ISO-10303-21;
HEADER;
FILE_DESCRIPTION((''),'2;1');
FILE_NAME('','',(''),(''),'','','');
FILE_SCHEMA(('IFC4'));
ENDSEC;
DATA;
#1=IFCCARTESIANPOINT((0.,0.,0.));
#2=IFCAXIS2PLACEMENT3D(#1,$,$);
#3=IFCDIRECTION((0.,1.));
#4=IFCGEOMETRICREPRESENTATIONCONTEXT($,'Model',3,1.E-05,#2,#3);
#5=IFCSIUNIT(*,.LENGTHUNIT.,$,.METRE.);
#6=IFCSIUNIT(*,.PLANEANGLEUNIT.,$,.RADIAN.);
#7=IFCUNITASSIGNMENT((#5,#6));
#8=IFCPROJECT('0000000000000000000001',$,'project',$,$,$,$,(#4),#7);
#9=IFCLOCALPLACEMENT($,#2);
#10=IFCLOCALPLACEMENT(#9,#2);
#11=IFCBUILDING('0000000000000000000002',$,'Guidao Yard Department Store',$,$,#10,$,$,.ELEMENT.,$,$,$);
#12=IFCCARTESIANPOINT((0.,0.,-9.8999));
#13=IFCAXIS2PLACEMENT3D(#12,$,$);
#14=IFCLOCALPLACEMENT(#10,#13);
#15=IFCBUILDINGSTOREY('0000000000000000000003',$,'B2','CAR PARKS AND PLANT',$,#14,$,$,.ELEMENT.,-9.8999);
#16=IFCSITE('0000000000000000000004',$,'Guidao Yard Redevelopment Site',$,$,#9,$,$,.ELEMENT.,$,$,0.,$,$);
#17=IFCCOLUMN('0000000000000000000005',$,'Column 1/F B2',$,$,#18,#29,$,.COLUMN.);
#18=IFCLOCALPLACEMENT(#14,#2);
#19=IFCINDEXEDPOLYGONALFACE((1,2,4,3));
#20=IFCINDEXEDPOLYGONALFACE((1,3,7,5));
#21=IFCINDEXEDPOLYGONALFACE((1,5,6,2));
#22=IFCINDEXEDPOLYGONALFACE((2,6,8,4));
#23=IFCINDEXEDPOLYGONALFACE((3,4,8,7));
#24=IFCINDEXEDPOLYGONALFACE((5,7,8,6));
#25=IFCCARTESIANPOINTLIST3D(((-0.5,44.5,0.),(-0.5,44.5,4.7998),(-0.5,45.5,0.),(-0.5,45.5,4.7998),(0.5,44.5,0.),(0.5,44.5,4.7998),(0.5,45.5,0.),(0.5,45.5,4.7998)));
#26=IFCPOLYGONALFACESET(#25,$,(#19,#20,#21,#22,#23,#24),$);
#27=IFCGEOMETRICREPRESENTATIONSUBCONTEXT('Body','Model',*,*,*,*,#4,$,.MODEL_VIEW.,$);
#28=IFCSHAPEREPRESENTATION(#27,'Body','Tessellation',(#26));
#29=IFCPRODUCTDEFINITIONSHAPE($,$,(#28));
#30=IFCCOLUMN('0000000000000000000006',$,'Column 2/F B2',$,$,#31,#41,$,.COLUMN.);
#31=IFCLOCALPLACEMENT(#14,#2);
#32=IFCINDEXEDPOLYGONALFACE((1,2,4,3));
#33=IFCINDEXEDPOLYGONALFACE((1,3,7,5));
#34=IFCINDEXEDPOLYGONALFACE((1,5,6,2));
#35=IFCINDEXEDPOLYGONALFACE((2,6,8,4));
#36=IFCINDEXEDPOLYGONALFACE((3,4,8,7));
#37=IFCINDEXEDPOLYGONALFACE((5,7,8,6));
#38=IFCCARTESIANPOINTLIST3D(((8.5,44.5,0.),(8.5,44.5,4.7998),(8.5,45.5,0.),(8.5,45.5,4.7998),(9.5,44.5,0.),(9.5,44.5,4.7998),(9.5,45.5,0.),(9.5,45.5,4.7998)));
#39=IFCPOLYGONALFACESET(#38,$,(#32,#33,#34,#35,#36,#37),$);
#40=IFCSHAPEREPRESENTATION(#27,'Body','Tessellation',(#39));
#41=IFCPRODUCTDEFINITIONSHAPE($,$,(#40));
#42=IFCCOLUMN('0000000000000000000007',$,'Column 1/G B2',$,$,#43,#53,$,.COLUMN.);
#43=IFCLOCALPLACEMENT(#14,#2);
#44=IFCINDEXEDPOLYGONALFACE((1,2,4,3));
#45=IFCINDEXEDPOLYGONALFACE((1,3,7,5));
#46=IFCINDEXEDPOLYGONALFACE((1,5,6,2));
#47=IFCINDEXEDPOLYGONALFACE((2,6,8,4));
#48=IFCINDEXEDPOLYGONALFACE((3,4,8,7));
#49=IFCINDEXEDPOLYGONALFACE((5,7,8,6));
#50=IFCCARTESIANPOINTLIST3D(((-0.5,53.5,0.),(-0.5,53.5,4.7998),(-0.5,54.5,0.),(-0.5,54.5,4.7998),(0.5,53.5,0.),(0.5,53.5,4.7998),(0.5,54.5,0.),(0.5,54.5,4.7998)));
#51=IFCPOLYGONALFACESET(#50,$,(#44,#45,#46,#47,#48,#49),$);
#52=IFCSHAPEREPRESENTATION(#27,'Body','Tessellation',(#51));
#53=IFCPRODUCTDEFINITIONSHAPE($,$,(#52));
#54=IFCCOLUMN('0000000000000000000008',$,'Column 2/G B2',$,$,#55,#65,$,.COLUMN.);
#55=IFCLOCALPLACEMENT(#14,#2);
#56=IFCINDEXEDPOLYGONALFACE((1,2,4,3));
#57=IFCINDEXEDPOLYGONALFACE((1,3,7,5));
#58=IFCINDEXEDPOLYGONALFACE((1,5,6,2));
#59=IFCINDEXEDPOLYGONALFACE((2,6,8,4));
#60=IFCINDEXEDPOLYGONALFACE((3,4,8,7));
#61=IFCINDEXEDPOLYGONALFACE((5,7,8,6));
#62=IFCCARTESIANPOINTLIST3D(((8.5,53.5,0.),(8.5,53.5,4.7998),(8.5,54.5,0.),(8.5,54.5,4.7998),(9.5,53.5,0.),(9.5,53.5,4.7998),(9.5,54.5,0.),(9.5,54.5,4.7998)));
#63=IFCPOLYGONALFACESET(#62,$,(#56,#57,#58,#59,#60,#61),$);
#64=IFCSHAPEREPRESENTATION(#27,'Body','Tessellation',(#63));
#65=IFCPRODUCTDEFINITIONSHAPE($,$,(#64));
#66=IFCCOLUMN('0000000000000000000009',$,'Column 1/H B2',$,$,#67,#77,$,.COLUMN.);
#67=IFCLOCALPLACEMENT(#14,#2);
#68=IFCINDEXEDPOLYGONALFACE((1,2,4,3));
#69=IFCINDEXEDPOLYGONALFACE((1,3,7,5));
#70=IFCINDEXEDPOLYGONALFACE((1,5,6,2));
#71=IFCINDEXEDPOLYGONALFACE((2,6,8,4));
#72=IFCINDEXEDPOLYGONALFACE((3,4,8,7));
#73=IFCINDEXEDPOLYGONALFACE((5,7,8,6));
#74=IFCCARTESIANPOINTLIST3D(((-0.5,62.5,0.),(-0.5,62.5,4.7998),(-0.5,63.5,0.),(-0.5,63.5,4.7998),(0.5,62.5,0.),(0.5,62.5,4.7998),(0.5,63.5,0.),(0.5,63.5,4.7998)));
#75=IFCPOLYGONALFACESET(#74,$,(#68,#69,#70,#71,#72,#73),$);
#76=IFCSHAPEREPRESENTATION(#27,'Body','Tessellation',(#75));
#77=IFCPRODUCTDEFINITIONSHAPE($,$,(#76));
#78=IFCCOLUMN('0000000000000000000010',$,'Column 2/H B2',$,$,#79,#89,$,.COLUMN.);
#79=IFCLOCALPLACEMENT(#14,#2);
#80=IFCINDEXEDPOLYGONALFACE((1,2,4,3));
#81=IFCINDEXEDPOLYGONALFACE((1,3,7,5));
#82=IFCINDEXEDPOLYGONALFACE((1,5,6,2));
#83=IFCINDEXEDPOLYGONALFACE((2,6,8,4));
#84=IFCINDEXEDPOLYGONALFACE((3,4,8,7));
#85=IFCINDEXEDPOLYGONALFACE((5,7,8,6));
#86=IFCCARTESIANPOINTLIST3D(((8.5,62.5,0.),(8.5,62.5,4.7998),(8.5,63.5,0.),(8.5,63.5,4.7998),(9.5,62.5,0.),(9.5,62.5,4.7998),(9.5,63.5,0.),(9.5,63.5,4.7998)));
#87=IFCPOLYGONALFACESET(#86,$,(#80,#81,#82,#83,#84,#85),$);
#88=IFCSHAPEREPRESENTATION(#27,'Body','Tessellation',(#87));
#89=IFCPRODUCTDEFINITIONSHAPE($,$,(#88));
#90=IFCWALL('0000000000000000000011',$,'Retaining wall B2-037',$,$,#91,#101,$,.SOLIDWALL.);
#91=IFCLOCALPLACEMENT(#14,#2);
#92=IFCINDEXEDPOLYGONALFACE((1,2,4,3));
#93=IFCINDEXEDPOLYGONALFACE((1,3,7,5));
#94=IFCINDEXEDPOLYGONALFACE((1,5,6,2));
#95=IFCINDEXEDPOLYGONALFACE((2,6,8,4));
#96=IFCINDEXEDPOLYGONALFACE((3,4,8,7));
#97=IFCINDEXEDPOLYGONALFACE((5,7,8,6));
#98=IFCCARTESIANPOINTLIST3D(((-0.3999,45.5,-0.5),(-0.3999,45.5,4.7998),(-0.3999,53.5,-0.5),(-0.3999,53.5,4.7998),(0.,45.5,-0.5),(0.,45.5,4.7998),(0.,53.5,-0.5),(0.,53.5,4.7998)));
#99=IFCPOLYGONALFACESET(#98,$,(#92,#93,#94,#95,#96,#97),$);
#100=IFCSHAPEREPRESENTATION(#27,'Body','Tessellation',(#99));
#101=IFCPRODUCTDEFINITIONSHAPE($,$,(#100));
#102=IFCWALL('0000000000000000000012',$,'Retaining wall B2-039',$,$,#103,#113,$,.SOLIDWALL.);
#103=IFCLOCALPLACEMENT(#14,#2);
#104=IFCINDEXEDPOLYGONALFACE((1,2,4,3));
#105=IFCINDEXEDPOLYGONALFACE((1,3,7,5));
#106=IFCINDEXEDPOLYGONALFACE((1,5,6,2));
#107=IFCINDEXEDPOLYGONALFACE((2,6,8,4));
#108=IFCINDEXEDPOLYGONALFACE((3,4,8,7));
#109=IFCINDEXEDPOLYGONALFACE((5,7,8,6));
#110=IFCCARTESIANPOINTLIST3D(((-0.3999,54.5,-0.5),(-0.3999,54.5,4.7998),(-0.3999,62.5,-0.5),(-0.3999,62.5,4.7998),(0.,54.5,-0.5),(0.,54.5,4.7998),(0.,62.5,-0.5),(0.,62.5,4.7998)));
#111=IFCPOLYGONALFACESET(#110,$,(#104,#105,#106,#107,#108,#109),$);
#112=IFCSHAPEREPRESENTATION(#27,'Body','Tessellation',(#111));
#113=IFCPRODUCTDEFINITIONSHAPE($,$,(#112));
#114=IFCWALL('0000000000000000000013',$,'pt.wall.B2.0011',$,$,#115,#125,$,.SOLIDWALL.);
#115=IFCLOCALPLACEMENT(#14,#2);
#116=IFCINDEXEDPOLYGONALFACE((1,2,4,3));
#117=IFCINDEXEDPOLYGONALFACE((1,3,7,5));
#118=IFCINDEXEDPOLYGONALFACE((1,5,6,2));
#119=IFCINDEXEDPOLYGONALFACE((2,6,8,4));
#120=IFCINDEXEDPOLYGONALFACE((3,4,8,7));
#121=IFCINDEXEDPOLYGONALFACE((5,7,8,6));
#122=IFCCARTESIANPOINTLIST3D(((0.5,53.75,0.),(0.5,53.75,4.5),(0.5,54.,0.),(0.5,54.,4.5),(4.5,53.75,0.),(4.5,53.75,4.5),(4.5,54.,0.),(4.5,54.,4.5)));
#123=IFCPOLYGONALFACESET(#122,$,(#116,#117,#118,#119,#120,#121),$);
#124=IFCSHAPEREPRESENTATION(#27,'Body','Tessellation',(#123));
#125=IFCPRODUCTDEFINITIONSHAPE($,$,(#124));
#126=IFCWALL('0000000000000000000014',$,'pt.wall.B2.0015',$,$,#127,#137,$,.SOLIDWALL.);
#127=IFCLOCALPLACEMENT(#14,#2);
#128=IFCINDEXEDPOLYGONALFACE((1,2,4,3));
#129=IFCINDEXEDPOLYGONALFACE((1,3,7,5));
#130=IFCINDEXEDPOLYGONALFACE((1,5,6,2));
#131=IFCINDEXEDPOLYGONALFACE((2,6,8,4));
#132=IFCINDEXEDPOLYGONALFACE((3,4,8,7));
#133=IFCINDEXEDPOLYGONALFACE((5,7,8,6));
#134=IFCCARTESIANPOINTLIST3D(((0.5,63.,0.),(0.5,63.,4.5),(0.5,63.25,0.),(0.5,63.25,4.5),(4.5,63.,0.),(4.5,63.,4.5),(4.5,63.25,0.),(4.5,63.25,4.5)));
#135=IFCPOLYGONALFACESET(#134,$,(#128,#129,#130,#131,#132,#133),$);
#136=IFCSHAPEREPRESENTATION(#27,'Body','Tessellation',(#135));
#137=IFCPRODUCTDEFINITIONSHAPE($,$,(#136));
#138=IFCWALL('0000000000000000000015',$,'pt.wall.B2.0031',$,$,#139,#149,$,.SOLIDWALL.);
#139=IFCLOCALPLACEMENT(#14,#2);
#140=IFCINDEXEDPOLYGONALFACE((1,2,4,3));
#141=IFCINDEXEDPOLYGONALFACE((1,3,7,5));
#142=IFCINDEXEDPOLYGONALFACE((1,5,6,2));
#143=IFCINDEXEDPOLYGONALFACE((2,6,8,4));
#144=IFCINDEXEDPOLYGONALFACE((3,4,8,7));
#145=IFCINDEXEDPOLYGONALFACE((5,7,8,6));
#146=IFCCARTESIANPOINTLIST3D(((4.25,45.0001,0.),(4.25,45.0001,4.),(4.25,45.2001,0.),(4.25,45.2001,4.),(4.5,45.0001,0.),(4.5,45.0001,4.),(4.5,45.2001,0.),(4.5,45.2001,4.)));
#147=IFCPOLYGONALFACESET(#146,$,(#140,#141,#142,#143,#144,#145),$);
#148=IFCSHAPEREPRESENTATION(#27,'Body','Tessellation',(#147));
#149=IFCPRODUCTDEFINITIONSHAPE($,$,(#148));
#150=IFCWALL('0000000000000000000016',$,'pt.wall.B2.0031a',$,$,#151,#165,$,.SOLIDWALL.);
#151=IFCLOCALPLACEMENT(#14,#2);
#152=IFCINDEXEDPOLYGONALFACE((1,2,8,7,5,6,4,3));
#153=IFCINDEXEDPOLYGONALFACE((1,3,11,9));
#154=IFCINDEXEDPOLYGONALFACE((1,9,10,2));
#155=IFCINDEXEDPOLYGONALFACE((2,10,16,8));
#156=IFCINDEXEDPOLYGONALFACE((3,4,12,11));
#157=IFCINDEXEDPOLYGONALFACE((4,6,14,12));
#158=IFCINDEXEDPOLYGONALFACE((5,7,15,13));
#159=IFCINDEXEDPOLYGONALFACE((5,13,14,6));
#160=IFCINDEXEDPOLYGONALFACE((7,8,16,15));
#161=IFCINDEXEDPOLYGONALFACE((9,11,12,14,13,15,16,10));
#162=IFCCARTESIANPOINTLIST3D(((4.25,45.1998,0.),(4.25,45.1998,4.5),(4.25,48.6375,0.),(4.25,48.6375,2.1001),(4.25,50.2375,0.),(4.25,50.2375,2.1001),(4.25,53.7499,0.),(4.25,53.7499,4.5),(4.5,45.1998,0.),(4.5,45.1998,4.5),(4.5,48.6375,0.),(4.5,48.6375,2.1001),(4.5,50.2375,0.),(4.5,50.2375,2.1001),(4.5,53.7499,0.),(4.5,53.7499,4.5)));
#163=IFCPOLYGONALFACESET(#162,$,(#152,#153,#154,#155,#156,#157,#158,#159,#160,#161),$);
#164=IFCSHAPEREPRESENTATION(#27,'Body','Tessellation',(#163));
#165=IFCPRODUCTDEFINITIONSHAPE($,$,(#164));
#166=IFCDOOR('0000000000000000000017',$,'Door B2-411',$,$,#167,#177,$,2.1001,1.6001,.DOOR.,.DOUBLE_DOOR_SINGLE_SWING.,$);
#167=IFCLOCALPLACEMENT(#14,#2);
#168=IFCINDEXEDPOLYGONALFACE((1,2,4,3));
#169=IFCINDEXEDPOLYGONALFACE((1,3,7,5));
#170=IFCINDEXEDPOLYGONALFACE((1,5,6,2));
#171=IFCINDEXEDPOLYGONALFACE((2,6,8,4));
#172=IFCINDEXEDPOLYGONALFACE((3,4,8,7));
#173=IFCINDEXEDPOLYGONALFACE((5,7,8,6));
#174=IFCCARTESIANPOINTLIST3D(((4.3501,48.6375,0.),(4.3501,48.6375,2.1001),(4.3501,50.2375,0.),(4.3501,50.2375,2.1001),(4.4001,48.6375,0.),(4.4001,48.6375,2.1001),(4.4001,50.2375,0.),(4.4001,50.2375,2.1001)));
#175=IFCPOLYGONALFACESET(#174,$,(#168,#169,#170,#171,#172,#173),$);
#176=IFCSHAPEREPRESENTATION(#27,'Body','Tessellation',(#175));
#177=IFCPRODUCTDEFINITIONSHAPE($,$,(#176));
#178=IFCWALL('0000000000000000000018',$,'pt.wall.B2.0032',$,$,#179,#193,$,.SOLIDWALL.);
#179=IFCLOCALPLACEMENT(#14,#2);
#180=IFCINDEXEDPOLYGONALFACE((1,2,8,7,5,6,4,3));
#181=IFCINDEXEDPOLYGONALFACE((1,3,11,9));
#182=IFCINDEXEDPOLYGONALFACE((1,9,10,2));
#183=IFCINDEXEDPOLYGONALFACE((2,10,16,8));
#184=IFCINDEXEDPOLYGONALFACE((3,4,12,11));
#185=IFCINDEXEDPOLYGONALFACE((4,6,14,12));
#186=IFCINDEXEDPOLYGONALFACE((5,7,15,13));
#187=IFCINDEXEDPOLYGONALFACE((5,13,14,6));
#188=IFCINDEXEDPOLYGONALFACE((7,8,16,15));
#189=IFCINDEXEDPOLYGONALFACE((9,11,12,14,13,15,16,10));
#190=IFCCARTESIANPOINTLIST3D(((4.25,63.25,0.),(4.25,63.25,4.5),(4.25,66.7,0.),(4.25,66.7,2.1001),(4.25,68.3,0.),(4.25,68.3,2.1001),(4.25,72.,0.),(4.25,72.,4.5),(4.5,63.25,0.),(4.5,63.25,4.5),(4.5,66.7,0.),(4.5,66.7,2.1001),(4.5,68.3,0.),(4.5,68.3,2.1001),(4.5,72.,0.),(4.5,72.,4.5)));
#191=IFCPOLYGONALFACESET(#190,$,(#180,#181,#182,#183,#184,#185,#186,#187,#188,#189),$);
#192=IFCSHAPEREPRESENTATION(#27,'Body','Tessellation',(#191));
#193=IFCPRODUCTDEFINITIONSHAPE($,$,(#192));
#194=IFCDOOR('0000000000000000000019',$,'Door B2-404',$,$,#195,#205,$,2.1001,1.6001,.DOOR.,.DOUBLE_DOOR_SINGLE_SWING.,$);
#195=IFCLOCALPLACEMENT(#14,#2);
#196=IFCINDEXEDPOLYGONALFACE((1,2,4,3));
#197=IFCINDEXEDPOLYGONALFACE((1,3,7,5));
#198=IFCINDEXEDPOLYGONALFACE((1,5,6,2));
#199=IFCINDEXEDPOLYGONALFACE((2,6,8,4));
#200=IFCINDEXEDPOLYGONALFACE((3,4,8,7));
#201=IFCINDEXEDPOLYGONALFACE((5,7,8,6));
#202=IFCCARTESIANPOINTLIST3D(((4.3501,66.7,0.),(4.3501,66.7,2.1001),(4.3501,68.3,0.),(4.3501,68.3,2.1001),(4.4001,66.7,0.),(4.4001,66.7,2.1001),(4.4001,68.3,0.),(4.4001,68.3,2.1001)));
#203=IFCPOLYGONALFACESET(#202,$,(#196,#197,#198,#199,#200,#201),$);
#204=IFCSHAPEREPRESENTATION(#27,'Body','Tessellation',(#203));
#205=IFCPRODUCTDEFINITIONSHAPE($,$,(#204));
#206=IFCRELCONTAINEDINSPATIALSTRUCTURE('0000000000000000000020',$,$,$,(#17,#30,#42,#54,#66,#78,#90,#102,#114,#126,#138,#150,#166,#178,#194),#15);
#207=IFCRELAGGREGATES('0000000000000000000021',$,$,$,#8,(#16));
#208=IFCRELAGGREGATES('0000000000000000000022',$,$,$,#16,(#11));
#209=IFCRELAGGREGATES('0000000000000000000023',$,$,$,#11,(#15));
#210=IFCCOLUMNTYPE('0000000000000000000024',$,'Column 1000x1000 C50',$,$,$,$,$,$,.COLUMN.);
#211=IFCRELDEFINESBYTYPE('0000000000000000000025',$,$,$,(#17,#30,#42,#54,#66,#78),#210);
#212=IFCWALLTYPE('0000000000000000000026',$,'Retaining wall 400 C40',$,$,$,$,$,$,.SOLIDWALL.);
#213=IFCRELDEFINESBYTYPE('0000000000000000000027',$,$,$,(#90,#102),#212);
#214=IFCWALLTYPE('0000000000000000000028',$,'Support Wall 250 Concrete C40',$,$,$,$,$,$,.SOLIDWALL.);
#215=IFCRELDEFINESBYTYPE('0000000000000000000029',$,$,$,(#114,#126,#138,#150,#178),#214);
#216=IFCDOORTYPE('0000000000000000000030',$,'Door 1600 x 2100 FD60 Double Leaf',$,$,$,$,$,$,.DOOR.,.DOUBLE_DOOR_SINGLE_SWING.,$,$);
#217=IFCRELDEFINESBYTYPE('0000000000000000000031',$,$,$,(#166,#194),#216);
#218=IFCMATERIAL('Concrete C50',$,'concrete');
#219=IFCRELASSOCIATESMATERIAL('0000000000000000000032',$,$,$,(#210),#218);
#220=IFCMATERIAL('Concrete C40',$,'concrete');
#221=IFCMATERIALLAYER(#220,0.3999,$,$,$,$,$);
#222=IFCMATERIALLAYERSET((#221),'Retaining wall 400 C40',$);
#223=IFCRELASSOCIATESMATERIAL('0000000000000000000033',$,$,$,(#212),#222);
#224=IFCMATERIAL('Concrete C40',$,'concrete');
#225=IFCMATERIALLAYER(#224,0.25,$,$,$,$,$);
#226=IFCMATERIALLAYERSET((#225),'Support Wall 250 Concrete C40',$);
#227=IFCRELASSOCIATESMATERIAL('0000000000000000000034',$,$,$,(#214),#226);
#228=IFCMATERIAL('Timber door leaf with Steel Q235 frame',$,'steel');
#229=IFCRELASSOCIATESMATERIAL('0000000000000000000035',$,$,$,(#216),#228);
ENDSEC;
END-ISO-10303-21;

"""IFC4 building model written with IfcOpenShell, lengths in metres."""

from ifc_helpers import new_model, si_unit, direction, frame, frame_2d, origin, origin_2d, place, context, subcontext, project, spatial, rectangle, extrude, material, layer, layer_set, material_profile, profile_set, type_object, element, fill, save


model = new_model("IFC4")

# Units and contexts
model_context = context("Model", 3, precision=1e-05, world=origin(), true_north=direction((0.0, 1.0)))
body_context = subcontext(model_context, "Body", "Model", "MODEL_VIEW")
ifc_project = project(units=[si_unit("LENGTHUNIT", "METRE"), si_unit("PLANEANGLEUNIT", "RADIAN")], contexts=[model_context])

# Site, building, storey
site_placement = place(None, origin())
site = spatial("IfcSite", under=ifc_project, at=site_placement, Name="Guidao Yard Redevelopment Site", CompositionType="ELEMENT", RefElevation=0.0)
building_placement = place(site_placement, origin())
building = spatial("IfcBuilding", under=site, at=building_placement, Name="Guidao Yard Department Store", CompositionType="ELEMENT")
storey_placement = place(building_placement, frame((0.0, 0.0, -9.8999)))
storey = spatial("IfcBuildingStorey", under=building, at=storey_placement, Name="B2", Description="CAR PARKS AND PLANT", CompositionType="ELEMENT", Elevation=-9.8999)

# Columns
ifc_material_1 = material(Name="Concrete C50", Category="concrete")
ifc_material_profile_1 = material_profile(ifc_material_1, rectangle(XDim=1.0, YDim=1.0, at=origin_2d()), Name="COL 1000x1000")
ifc_profile_set_1 = profile_set([ifc_material_profile_1], Name="Concrete C50")
column_type = type_object("IfcColumnType", Name="Column 1000x1000 C50", PredefinedType="COLUMN", material=ifc_profile_set_1)
for number, where, z_axis, x_axis, name in (
    (1, (0.0, 45.0, 0.0), (0.0, 0.0, 1.0), (1.0, 0.0, 0.0), "Column 1/F B2"),
    (2, (9.0, 45.0, 0.0), (0.0, 0.0, 1.0), (1.0, 0.0, 0.0), "Column 2/F B2"),
    (3, (0.0, 54.0, 0.0), (0.0, 0.0, 1.0), (1.0, 0.0, 0.0), "Column 1/G B2"),
    (4, (9.0, 54.0, 0.0), (0.0, 0.0, 1.0), (1.0, 0.0, 0.0), "Column 2/G B2"),
    (5, (0.0, 63.0, 0.0), (0.0, 0.0, 1.0), (1.0, 0.0, 0.0), "Column 1/H B2"),
    (6, (9.0, 63.0, 0.0), (0.0, 0.0, 1.0), (1.0, 0.0, 0.0), "Column 2/H B2"),
):
    element("IfcColumn", number, at=place(storey_placement, frame(where, z_axis=z_axis, x_axis=x_axis)), inside=storey, type_object=column_type, Name=name, PredefinedType="COLUMN", context=body_context, shape_type="SweptSolid", body=[
        extrude(rectangle(XDim=1.0, YDim=1.0, at=origin_2d()), origin(), (0.0, 0.0, 1.0), 4.7998),
    ])

# Walls
ifc_material_2 = material(Name="Concrete C40", Category="concrete")
ifc_layer_1 = layer(ifc_material_2, 0.3999)
ifc_layer_set_1 = layer_set([ifc_layer_1], Name="Retaining wall 400 C40")
wall_type_1 = type_object("IfcWallType", Name="Retaining wall 400 C40", PredefinedType="SOLIDWALL", material=ifc_layer_set_1)
for number, where, z_axis, x_axis, name in (
    (7, (-0.2, 45.5, -0.5), (0.0, 0.0, 1.0), (0.0, 1.0, 0.0), "Retaining wall B2-037"),
    (8, (-0.2, 54.5, -0.5), (0.0, 0.0, 1.0), (0.0, 1.0, 0.0), "Retaining wall B2-039"),
):
    element("IfcWall", number, at=place(storey_placement, frame(where, z_axis=z_axis, x_axis=x_axis)), inside=storey, type_object=wall_type_1, Name=name, PredefinedType="SOLIDWALL", context=body_context, shape_type="SweptSolid", body=[
        extrude(rectangle(XDim=8.0, YDim=0.3999, at=frame_2d((4.0, 0.0))), origin(), (0.0, 0.0, 1.0), 5.2998),
    ])

# Walls
ifc_material_3 = material(Name="Concrete C40", Category="concrete")
ifc_layer_2 = layer(ifc_material_3, 0.25)
ifc_layer_set_2 = layer_set([ifc_layer_2], Name="Support Wall 250 Concrete C40")
wall_type_2 = type_object("IfcWallType", Name="Support Wall 250 Concrete C40", PredefinedType="SOLIDWALL", material=ifc_layer_set_2)
for number, where, z_axis, x_axis, name in (
    (9, (0.5, 53.875, 0.0), (0.0, 0.0, 1.0), (1.0, 0.0, 0.0), "pt.wall.B2.0011"),
    (10, (0.5, 63.125, 0.0), (0.0, 0.0, 1.0), (1.0, 0.0, 0.0), "pt.wall.B2.0015"),
):
    element("IfcWall", number, at=place(storey_placement, frame(where, z_axis=z_axis, x_axis=x_axis)), inside=storey, type_object=wall_type_2, Name=name, PredefinedType="SOLIDWALL", context=body_context, shape_type="SweptSolid", body=[
        extrude(rectangle(XDim=4.0, YDim=0.25, at=frame_2d((2.0, 0.0))), origin(), (0.0, 0.0, 1.0), 4.5),
    ])
wall_1_placement = place(storey_placement, frame((4.375, 45.0, 0.0), z_axis=(0.0, 0.0, 1.0), x_axis=(0.0, 1.0, 0.0)))
element("IfcWall", 11, at=wall_1_placement, inside=storey, type_object=wall_type_2, Name="pt.wall.B2.0031", PredefinedType="SOLIDWALL", context=body_context, shape_type="SweptSolid", body=[
    extrude(rectangle(XDim=0.2, YDim=0.25, at=frame_2d((0.1001, 0.0))), origin(), (0.0, 0.0, 1.0), 4.0),
])

# Walls, openings, doors
wall_2_placement = place(storey_placement, frame((4.375, 45.2, 0.0), z_axis=(0.0, 0.0, 1.0), x_axis=(0.0, 1.0, 0.0)))
wall_2 = element("IfcWall", 12, at=wall_2_placement, inside=storey, type_object=wall_type_2, Name="pt.wall.B2.0031a", PredefinedType="SOLIDWALL", context=body_context, shape_type="SweptSolid", body=[
    extrude(rectangle(XDim=8.55, YDim=0.25, at=frame_2d((4.2749, 0.0))), origin(), (0.0, 0.0, 1.0), 4.5),
])
opening_1_placement = place(wall_2_placement, frame((3.4375, 0.0, 0.0)))
opening_1 = element("IfcOpeningElement", 13, at=opening_1_placement, cuts=wall_2, PredefinedType="OPENING", context=body_context, shape_type="SweptSolid", body=[
    extrude(rectangle(XDim=1.6001, YDim=2.1001, at=frame_2d((0.8, 1.05))), frame((0.0, 0.135, 0.0), z_axis=(0.0, -1.0, 0.0), x_axis=(1.0, 0.0, 0.0)), (0.0, 0.0, 1.0), 0.27),
])
ifc_material_4 = material(Name="Timber door leaf with Steel Q235 frame", Category="steel")
door_type_1 = type_object("IfcDoorType", Name="Door 1600 x 2100 FD60 Double Leaf", OperationType="DOUBLE_DOOR_SINGLE_SWING", PredefinedType="DOOR", material=ifc_material_4)
door_1_placement = place(opening_1_placement, origin())
door_1 = element("IfcDoor", 14, at=door_1_placement, inside=storey, type_object=door_type_1, Name="Door B2-411", OperationType="DOUBLE_DOOR_SINGLE_SWING", OverallHeight=2.1001, OverallWidth=1.6001, PredefinedType="DOOR", context=body_context, shape_type="SweptSolid", body=[
    extrude(rectangle(XDim=1.6001, YDim=2.1001, at=frame_2d((0.8, 1.05))), frame((0.0, 0.0249, 0.0), z_axis=(0.0, -1.0, 0.0), x_axis=(1.0, 0.0, 0.0)), (0.0, 0.0, 1.0), 0.05),
])
fill(opening_1, door_1)
wall_3_placement = place(storey_placement, frame((4.375, 63.25, 0.0), z_axis=(0.0, 0.0, 1.0), x_axis=(0.0, 1.0, 0.0)))
wall_3 = element("IfcWall", 15, at=wall_3_placement, inside=storey, type_object=wall_type_2, Name="pt.wall.B2.0032", PredefinedType="SOLIDWALL", context=body_context, shape_type="SweptSolid", body=[
    extrude(rectangle(XDim=8.75, YDim=0.25, at=frame_2d((4.375, 0.0))), origin(), (0.0, 0.0, 1.0), 4.5),
])
opening_2_placement = place(wall_3_placement, frame((3.45, 0.0, 0.0)))
opening_2 = element("IfcOpeningElement", 16, at=opening_2_placement, cuts=wall_3, PredefinedType="OPENING", context=body_context, shape_type="SweptSolid", body=[
    extrude(rectangle(XDim=1.6001, YDim=2.1001, at=frame_2d((0.8, 1.05))), frame((0.0, 0.135, 0.0), z_axis=(0.0, -1.0, 0.0), x_axis=(1.0, 0.0, 0.0)), (0.0, 0.0, 1.0), 0.27),
])
door_2_placement = place(opening_2_placement, origin())
door_2 = element("IfcDoor", 17, at=door_2_placement, inside=storey, type_object=door_type_1, Name="Door B2-404", OperationType="DOUBLE_DOOR_SINGLE_SWING", OverallHeight=2.1001, OverallWidth=1.6001, PredefinedType="DOOR", context=body_context, shape_type="SweptSolid", body=[
    extrude(rectangle(XDim=1.6001, YDim=2.1001, at=frame_2d((0.8, 1.05))), frame((0.0, 0.0249, 0.0), z_axis=(0.0, -1.0, 0.0), x_axis=(1.0, 0.0, 0.0)), (0.0, 0.0, 1.0), 0.05),
])
fill(opening_2, door_2)

save(model, "model.ifc")
